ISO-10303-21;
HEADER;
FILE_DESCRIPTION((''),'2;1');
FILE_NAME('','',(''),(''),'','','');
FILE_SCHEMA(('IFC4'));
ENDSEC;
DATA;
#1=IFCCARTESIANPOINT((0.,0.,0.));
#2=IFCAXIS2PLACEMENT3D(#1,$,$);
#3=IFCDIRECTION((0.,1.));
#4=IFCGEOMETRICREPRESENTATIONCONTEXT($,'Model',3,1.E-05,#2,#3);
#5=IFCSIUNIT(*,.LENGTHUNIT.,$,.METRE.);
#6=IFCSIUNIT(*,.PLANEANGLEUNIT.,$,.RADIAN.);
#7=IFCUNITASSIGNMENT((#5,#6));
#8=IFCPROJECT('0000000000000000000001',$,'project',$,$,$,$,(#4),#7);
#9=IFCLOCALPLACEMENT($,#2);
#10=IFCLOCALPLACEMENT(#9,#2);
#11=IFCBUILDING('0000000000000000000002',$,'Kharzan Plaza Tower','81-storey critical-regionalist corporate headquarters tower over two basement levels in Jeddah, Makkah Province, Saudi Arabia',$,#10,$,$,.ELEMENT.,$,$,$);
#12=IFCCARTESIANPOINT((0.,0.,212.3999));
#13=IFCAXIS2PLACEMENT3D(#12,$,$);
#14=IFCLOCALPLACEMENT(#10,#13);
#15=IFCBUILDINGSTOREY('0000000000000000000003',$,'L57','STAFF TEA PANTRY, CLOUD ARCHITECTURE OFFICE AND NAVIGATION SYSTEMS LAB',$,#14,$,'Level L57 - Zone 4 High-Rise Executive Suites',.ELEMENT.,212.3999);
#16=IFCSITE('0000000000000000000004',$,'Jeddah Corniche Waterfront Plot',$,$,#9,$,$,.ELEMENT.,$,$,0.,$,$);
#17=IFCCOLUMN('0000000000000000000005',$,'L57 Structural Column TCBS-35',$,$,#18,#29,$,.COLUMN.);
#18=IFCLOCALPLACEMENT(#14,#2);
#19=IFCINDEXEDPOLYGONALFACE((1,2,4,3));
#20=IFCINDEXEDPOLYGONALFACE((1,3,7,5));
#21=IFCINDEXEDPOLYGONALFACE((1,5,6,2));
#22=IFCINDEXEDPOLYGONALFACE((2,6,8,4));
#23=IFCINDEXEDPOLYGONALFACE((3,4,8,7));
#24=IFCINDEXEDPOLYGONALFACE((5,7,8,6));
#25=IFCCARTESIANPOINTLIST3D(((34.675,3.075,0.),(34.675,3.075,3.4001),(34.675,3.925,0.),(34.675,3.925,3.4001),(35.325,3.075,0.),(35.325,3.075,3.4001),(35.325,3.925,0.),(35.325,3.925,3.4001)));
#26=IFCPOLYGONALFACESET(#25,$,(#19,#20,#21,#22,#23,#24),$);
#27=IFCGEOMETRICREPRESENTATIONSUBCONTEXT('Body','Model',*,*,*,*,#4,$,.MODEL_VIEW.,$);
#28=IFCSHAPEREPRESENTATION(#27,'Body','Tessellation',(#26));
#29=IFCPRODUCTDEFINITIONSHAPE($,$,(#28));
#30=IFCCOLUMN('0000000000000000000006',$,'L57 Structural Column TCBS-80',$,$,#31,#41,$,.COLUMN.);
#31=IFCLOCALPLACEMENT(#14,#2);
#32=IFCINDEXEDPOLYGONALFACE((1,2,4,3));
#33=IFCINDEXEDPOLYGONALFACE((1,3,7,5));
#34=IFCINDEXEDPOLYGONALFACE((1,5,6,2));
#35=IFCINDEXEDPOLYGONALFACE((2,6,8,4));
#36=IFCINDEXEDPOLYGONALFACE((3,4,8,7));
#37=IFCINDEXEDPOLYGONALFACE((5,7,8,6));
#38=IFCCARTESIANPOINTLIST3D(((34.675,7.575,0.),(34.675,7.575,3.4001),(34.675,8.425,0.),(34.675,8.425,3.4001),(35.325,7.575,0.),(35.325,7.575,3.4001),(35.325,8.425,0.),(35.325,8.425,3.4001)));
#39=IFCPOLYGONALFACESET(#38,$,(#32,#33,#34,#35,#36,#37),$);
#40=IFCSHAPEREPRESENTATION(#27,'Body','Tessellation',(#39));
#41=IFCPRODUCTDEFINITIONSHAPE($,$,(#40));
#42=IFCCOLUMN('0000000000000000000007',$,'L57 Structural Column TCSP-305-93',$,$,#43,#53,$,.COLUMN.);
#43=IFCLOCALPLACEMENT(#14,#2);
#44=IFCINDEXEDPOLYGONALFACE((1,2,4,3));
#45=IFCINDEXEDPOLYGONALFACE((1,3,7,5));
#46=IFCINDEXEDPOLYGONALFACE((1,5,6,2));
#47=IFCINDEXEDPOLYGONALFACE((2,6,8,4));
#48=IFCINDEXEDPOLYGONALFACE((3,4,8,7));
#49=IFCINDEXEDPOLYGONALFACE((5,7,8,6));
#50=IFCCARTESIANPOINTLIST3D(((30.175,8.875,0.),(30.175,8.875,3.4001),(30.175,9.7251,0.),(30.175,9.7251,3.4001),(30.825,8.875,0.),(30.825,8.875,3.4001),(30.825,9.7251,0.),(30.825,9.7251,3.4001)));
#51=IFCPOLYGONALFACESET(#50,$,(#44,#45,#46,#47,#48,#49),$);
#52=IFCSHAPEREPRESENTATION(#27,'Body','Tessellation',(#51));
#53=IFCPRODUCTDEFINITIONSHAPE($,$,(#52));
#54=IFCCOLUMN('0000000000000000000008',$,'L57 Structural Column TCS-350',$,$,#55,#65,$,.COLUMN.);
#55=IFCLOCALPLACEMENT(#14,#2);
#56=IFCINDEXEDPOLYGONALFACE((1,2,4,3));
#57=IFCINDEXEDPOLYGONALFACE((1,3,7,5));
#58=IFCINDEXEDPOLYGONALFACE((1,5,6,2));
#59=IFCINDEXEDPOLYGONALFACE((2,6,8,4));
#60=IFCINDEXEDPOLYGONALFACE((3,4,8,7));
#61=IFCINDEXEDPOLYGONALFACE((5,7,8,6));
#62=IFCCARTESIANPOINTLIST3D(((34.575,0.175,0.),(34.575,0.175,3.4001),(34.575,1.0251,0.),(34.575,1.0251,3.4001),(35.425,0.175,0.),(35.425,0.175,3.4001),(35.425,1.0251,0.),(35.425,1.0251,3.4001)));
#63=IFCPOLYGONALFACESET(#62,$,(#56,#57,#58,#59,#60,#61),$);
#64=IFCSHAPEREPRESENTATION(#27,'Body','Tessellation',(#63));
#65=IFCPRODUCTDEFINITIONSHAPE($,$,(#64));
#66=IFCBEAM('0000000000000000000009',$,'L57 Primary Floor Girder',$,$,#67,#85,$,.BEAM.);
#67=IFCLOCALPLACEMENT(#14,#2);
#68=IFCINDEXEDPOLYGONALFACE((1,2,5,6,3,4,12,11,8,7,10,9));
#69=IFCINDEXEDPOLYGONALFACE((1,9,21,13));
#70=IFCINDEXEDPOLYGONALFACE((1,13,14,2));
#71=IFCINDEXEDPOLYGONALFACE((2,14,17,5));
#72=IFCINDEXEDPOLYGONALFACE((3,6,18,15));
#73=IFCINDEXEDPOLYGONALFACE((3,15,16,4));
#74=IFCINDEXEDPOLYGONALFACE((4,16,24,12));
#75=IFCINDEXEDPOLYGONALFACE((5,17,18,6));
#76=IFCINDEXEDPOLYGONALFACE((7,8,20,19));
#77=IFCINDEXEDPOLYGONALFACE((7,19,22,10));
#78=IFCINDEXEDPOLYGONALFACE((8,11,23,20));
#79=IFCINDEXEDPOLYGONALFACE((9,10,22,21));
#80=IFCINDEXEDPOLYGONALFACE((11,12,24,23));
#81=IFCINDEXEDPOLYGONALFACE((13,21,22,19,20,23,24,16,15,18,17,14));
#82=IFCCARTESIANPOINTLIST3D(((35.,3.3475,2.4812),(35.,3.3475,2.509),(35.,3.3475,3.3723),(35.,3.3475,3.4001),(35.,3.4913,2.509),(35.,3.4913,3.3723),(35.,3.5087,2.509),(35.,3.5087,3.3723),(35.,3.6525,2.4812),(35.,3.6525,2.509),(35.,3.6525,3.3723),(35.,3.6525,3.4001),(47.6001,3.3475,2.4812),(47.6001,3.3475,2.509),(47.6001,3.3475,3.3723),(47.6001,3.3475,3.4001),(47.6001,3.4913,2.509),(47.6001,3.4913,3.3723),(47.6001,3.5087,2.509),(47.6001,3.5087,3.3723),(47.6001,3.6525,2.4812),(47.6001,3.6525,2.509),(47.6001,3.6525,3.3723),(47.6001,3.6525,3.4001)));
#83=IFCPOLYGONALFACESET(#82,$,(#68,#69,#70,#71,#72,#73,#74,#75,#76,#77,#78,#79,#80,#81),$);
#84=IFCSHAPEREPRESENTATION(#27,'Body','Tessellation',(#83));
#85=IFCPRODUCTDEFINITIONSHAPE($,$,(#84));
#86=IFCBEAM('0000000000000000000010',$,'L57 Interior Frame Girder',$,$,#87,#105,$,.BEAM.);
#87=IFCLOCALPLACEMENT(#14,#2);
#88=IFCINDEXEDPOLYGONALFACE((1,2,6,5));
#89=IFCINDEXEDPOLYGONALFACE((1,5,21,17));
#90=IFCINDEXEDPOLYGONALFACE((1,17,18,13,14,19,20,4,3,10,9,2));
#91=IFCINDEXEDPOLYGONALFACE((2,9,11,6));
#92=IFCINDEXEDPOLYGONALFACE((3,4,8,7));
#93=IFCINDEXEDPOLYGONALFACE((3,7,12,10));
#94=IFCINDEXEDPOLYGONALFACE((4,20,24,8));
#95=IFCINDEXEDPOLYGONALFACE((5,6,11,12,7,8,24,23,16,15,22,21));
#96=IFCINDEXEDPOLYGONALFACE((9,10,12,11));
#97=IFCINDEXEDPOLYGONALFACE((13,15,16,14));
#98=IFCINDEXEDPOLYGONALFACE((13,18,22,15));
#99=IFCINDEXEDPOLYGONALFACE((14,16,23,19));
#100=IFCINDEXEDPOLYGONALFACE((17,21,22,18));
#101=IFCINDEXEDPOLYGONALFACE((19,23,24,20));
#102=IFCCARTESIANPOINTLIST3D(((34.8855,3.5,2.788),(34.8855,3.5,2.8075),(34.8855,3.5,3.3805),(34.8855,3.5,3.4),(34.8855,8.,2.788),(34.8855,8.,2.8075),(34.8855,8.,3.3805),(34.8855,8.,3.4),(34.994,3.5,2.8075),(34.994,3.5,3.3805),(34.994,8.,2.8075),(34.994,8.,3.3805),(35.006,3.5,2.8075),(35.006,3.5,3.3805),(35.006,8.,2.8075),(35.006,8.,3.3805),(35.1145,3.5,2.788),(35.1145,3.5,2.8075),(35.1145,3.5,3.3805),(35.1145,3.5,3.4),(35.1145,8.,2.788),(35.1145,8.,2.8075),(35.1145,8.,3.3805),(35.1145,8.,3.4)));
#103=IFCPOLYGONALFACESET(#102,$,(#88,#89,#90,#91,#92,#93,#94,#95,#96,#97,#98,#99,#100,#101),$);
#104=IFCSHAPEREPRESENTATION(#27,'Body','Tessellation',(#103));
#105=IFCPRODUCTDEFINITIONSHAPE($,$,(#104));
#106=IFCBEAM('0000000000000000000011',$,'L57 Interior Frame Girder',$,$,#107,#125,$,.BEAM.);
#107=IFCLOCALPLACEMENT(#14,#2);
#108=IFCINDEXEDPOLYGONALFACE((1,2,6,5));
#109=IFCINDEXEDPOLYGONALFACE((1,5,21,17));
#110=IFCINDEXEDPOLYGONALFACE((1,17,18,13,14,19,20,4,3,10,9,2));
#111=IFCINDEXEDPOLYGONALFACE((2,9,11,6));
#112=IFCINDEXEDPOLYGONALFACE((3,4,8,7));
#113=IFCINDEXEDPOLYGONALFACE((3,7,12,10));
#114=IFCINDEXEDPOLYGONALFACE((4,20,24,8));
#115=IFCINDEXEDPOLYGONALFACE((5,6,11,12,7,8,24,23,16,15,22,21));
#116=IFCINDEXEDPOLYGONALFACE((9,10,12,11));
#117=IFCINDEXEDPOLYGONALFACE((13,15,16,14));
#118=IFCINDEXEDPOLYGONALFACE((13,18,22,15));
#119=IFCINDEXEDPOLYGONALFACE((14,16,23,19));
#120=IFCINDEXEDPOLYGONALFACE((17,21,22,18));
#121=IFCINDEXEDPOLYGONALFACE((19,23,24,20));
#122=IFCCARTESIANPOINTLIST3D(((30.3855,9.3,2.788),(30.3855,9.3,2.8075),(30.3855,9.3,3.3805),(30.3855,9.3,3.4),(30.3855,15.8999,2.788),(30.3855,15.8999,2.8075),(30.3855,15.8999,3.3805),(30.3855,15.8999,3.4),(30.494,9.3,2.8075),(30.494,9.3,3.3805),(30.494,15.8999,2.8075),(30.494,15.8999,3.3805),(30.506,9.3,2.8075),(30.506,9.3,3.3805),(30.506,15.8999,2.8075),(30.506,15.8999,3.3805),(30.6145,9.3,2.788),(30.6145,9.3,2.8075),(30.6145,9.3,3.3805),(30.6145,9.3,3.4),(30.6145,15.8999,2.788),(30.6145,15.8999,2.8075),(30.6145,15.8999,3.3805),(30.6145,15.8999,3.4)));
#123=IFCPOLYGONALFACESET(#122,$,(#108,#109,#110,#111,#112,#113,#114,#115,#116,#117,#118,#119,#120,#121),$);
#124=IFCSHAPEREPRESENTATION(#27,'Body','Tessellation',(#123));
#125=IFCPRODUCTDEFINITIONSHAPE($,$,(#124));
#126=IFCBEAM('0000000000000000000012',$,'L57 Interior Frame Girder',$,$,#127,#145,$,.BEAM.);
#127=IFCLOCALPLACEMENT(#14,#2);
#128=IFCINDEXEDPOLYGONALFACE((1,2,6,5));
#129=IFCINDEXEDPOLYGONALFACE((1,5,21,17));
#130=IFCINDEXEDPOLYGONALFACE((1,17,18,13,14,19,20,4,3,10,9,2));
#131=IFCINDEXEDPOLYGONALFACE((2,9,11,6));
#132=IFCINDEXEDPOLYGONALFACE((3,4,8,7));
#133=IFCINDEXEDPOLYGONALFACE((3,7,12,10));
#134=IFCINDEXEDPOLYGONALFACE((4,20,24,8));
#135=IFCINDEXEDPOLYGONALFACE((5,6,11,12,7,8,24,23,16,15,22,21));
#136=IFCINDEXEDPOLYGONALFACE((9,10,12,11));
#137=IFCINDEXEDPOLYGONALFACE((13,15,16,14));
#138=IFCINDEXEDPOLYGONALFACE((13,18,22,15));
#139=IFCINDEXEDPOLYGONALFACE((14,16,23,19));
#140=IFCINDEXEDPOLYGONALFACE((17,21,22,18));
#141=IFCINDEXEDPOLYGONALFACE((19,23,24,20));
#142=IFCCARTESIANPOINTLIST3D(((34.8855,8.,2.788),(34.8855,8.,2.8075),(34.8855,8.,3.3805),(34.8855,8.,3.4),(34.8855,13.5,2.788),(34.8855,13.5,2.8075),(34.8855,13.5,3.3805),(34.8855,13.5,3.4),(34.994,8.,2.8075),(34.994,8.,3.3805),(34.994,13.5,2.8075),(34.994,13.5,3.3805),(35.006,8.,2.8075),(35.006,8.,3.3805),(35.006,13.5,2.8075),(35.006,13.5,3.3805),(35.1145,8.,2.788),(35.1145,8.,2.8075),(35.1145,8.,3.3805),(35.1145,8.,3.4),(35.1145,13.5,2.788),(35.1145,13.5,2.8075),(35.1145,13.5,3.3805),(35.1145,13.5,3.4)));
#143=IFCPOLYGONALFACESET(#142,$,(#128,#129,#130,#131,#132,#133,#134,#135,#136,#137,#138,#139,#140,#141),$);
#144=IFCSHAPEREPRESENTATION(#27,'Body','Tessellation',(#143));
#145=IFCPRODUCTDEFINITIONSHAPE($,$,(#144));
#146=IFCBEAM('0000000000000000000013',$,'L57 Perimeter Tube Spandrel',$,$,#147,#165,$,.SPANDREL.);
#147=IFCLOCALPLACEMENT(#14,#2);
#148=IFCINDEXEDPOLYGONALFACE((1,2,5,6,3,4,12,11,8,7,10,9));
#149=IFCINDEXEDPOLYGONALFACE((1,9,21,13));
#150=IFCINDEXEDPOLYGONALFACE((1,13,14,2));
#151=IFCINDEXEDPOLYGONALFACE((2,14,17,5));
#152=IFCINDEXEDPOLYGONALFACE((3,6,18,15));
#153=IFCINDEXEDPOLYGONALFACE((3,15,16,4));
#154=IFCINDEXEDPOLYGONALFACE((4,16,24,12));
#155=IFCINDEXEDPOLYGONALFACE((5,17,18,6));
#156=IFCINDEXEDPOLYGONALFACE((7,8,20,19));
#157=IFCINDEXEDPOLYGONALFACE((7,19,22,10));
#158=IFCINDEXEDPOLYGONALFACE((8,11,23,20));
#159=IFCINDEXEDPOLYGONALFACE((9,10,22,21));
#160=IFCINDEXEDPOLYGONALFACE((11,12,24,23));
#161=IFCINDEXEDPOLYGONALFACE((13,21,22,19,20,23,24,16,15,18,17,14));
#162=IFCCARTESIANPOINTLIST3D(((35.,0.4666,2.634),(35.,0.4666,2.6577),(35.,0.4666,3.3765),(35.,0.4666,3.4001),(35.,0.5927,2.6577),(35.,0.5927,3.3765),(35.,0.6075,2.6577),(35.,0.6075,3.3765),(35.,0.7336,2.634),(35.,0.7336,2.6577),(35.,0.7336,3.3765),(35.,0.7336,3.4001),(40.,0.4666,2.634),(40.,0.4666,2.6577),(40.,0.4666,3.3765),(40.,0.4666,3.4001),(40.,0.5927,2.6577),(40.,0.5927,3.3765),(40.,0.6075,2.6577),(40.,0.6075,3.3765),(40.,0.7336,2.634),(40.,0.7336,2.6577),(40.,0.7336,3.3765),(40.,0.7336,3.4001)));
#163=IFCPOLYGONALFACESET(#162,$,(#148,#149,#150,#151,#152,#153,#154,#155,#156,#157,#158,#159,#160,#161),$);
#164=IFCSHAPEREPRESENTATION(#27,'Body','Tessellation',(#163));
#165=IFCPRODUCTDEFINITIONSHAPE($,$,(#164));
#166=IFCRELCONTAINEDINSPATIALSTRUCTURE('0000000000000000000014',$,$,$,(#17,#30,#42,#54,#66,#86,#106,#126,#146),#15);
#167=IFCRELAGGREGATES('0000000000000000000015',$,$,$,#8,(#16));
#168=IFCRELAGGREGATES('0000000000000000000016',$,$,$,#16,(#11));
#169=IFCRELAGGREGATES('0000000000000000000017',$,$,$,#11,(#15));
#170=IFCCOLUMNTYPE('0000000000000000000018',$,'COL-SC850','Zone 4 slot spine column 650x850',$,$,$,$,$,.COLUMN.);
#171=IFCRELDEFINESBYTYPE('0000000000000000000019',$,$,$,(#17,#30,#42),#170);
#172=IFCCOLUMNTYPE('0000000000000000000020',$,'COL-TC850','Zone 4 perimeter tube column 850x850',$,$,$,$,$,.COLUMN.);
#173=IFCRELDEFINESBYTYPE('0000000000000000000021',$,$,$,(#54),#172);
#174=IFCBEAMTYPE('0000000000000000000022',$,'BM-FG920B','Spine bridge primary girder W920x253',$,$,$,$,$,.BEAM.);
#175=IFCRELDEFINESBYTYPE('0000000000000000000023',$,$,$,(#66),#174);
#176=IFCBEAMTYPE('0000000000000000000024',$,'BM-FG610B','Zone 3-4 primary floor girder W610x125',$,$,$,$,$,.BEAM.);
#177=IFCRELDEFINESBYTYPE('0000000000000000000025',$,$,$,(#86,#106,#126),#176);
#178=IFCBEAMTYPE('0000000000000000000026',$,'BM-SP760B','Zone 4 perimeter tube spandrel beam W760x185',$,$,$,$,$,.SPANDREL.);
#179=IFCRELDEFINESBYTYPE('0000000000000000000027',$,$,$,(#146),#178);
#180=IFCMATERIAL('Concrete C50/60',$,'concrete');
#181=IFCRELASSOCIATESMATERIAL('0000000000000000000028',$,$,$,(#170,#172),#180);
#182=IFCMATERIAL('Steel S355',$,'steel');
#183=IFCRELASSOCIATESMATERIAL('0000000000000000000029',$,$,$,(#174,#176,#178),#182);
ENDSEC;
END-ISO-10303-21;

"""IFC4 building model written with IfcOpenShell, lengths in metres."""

from ifc_helpers import new_model, si_unit, direction, frame, origin, origin_2d, place, context, subcontext, project, spatial, rectangle, i_section, extrude, source, transform, mapped, material, material_profile, profile_set, type_object, element, save


model = new_model("IFC4")

# Units and contexts
model_context = context("Model", 3, precision=1e-05, world=origin(), true_north=direction((0.0, 1.0)))
body_context = subcontext(model_context, "Body", "Model", "MODEL_VIEW")
ifc_project = project(units=[si_unit("LENGTHUNIT", "METRE"), si_unit("PLANEANGLEUNIT", "RADIAN")], contexts=[model_context])

# Site, building, storey
site_placement = place(None, origin())
site = spatial("IfcSite", under=ifc_project, at=site_placement, Name="Jeddah Corniche Waterfront Plot", CompositionType="ELEMENT", RefElevation=0.0)
building_placement = place(site_placement, origin())
building = spatial("IfcBuilding", under=site, at=building_placement, Name="Kharzan Plaza Tower", Description="81-storey critical-regionalist corporate headquarters tower over two basement levels in Jeddah, Makkah Province, Saudi Arabia", CompositionType="ELEMENT")
storey_placement = place(building_placement, frame((0.0, 0.0, 212.3999)))
storey = spatial("IfcBuildingStorey", under=building, at=storey_placement, Name="L57", Description="STAFF TEA PANTRY, CLOUD ARCHITECTURE OFFICE AND NAVIGATION SYSTEMS LAB", LongName="Level L57 - Zone 4 High-Rise Executive Suites", CompositionType="ELEMENT", Elevation=212.3999)

# Columns
ifc_material_1 = material(Name="Concrete C50/60", Category="concrete")
ifc_material_profile_1 = material_profile(ifc_material_1, rectangle(XDim=0.6499, YDim=0.8501, at=origin_2d()), Name="RC-SC850x650")
ifc_profile_set_1 = profile_set([ifc_material_profile_1], Name="Concrete C50/60")
column_type_1 = type_object("IfcColumnType", Name="COL-SC850", Description="Zone 4 slot spine column 650x850", PredefinedType="COLUMN", material=ifc_profile_set_1)
shared_shape_1 = source(origin(), body_context, "Body", "SweptSolid", [
    extrude(rectangle(XDim=0.6499, YDim=0.8501, at=origin_2d()), origin(), (0.0, 0.0, 1.0), 3.4001),
])
for number, where, z_axis, x_axis, name in (
    (1, (35.0, 3.5, 0.0), (0.0, 0.0, 1.0), (1.0, 0.0, 0.0), "L57 Structural Column TCBS-35"),
    (2, (35.0, 8.0, 0.0), (0.0, 0.0, 1.0), (1.0, 0.0, 0.0), "L57 Structural Column TCBS-80"),
    (3, (30.5, 9.3, 0.0), (0.0, 0.0, 1.0), (1.0, 0.0, 0.0), "L57 Structural Column TCSP-305-93"),
):
    element("IfcColumn", number, at=place(storey_placement, frame(where, z_axis=z_axis, x_axis=x_axis)), inside=storey, type_object=column_type_1, Name=name, PredefinedType="COLUMN", context=body_context, shape_type="MappedRepresentation", body=[
        mapped(shared_shape_1, transform((0.0, 0.0, 0.0), x_axis=(1.0, 0.0, 0.0), y_axis=(0.0, 1.0, 0.0), z_axis=(0.0, 0.0, 1.0))),
    ])
ifc_material_profile_2 = material_profile(ifc_material_1, rectangle(XDim=0.8501, YDim=0.8501, at=origin_2d()), Name="RC-TC850x850")
ifc_profile_set_2 = profile_set([ifc_material_profile_2], Name="Concrete C50/60")
column_type_2 = type_object("IfcColumnType", Name="COL-TC850", Description="Zone 4 perimeter tube column 850x850", PredefinedType="COLUMN", material=ifc_profile_set_2)
shared_shape_2 = source(origin(), body_context, "Body", "SweptSolid", [
    extrude(rectangle(XDim=0.8501, YDim=0.8501, at=origin_2d()), origin(), (0.0, 0.0, 1.0), 3.4001),
])
column_placement = place(storey_placement, frame((35.0, 0.6001, 0.0), z_axis=(0.0, 0.0, 1.0), x_axis=(1.0, 0.0, 0.0)))
element("IfcColumn", 4, at=column_placement, inside=storey, type_object=column_type_2, Name="L57 Structural Column TCS-350", PredefinedType="COLUMN", context=body_context, shape_type="MappedRepresentation", body=[
    mapped(shared_shape_2, transform((0.0, 0.0, 0.0), x_axis=(1.0, 0.0, 0.0), y_axis=(0.0, 1.0, 0.0), z_axis=(0.0, 0.0, 1.0))),
])

# Beams
ifc_material_2 = material(Name="Steel S355", Category="steel")
ifc_material_profile_3 = material_profile(ifc_material_2, i_section(OverallWidth=0.3049, OverallDepth=0.9189, WebThickness=0.0173, FlangeThickness=0.0278, at=origin_2d()), Name="W920x253")
ifc_profile_set_3 = profile_set([ifc_material_profile_3], Name="Steel S355")
beam_type_1 = type_object("IfcBeamType", Name="BM-FG920B", Description="Spine bridge primary girder W920x253", PredefinedType="BEAM", material=ifc_profile_set_3)
shared_shape_3 = source(origin(), body_context, "Body", "SweptSolid", [
    extrude(i_section(OverallWidth=0.3049, OverallDepth=0.9189, WebThickness=0.0173, FlangeThickness=0.0278, at=origin_2d()), origin(), (0.0, 0.0, 1.0), 12.6001),
])
beam_1_placement = place(storey_placement, frame((35.0, 3.5, 2.9407), z_axis=(1.0, 0.0, 0.0), x_axis=(0.0, 1.0, 0.0)))
element("IfcBeam", 5, at=beam_1_placement, inside=storey, type_object=beam_type_1, Name="L57 Primary Floor Girder", PredefinedType="BEAM", context=body_context, shape_type="MappedRepresentation", body=[
    mapped(shared_shape_3, transform((0.0, 0.0, 0.0), x_axis=(1.0, 0.0, 0.0), y_axis=(0.0, 1.0, 0.0), z_axis=(0.0, 0.0, 1.0))),
])
ifc_material_profile_4 = material_profile(ifc_material_2, i_section(OverallWidth=0.229, OverallDepth=0.6121, WebThickness=0.012, FlangeThickness=0.0195, at=origin_2d()), Name="W610x125")
ifc_profile_set_4 = profile_set([ifc_material_profile_4], Name="Steel S355")
beam_type_2 = type_object("IfcBeamType", Name="BM-FG610B", Description="Zone 3-4 primary floor girder W610x125", PredefinedType="BEAM", material=ifc_profile_set_4)
shared_shape_4 = source(origin(), body_context, "Body", "SweptSolid", [
    extrude(i_section(OverallWidth=0.229, OverallDepth=0.6121, WebThickness=0.012, FlangeThickness=0.0195, at=origin_2d()), origin(), (0.0, 0.0, 1.0), 4.5),
])
beam_2_placement = place(storey_placement, frame((35.0, 3.5, 3.094), z_axis=(0.0, 1.0, 0.0), x_axis=(-1.0, 0.0, 0.0)))
element("IfcBeam", 6, at=beam_2_placement, inside=storey, type_object=beam_type_2, Name="L57 Interior Frame Girder", PredefinedType="BEAM", context=body_context, shape_type="MappedRepresentation", body=[
    mapped(shared_shape_4, transform((0.0, 0.0, 0.0), x_axis=(1.0, 0.0, 0.0), y_axis=(0.0, 1.0, 0.0), z_axis=(0.0, 0.0, 1.0))),
])
shared_shape_5 = source(origin(), body_context, "Body", "SweptSolid", [
    extrude(i_section(OverallWidth=0.229, OverallDepth=0.6121, WebThickness=0.012, FlangeThickness=0.0195, at=origin_2d()), origin(), (0.0, 0.0, 1.0), 6.5999),
])
beam_3_placement = place(storey_placement, frame((30.5, 9.3, 3.094), z_axis=(0.0, 1.0, 0.0), x_axis=(-1.0, 0.0, 0.0)))
element("IfcBeam", 7, at=beam_3_placement, inside=storey, type_object=beam_type_2, Name="L57 Interior Frame Girder", PredefinedType="BEAM", context=body_context, shape_type="MappedRepresentation", body=[
    mapped(shared_shape_5, transform((0.0, 0.0, 0.0), x_axis=(1.0, 0.0, 0.0), y_axis=(0.0, 1.0, 0.0), z_axis=(0.0, 0.0, 1.0))),
])
shared_shape_6 = source(origin(), body_context, "Body", "SweptSolid", [
    extrude(i_section(OverallWidth=0.229, OverallDepth=0.6121, WebThickness=0.012, FlangeThickness=0.0195, at=origin_2d()), origin(), (0.0, 0.0, 1.0), 5.5),
])
beam_4_placement = place(storey_placement, frame((35.0, 8.0, 3.094), z_axis=(0.0, 1.0, 0.0), x_axis=(-1.0, 0.0, 0.0)))
element("IfcBeam", 8, at=beam_4_placement, inside=storey, type_object=beam_type_2, Name="L57 Interior Frame Girder", PredefinedType="BEAM", context=body_context, shape_type="MappedRepresentation", body=[
    mapped(shared_shape_6, transform((0.0, 0.0, 0.0), x_axis=(1.0, 0.0, 0.0), y_axis=(0.0, 1.0, 0.0), z_axis=(0.0, 0.0, 1.0))),
])
ifc_material_profile_5 = material_profile(ifc_material_2, i_section(OverallWidth=0.2671, OverallDepth=0.7661, WebThickness=0.0149, FlangeThickness=0.0237, at=origin_2d()), Name="W760x185")
ifc_profile_set_5 = profile_set([ifc_material_profile_5], Name="Steel S355")
beam_type_3 = type_object("IfcBeamType", Name="BM-SP760B", Description="Zone 4 perimeter tube spandrel beam W760x185", PredefinedType="SPANDREL", material=ifc_profile_set_5)
shared_shape_7 = source(origin(), body_context, "Body", "SweptSolid", [
    extrude(i_section(OverallWidth=0.2671, OverallDepth=0.7661, WebThickness=0.0149, FlangeThickness=0.0237, at=origin_2d()), origin(), (0.0, 0.0, 1.0), 5.0),
])
beam_5_placement = place(storey_placement, frame((35.0, 0.6001, 3.0171), z_axis=(1.0, 0.0, 0.0), x_axis=(0.0, 1.0, 0.0)))
element("IfcBeam", 9, at=beam_5_placement, inside=storey, type_object=beam_type_3, Name="L57 Perimeter Tube Spandrel", PredefinedType="SPANDREL", context=body_context, shape_type="MappedRepresentation", body=[
    mapped(shared_shape_7, transform((0.0, 0.0, 0.0), x_axis=(1.0, 0.0, 0.0), y_axis=(0.0, 1.0, 0.0), z_axis=(0.0, 0.0, 1.0))),
])

save(model, "model.ifc")
